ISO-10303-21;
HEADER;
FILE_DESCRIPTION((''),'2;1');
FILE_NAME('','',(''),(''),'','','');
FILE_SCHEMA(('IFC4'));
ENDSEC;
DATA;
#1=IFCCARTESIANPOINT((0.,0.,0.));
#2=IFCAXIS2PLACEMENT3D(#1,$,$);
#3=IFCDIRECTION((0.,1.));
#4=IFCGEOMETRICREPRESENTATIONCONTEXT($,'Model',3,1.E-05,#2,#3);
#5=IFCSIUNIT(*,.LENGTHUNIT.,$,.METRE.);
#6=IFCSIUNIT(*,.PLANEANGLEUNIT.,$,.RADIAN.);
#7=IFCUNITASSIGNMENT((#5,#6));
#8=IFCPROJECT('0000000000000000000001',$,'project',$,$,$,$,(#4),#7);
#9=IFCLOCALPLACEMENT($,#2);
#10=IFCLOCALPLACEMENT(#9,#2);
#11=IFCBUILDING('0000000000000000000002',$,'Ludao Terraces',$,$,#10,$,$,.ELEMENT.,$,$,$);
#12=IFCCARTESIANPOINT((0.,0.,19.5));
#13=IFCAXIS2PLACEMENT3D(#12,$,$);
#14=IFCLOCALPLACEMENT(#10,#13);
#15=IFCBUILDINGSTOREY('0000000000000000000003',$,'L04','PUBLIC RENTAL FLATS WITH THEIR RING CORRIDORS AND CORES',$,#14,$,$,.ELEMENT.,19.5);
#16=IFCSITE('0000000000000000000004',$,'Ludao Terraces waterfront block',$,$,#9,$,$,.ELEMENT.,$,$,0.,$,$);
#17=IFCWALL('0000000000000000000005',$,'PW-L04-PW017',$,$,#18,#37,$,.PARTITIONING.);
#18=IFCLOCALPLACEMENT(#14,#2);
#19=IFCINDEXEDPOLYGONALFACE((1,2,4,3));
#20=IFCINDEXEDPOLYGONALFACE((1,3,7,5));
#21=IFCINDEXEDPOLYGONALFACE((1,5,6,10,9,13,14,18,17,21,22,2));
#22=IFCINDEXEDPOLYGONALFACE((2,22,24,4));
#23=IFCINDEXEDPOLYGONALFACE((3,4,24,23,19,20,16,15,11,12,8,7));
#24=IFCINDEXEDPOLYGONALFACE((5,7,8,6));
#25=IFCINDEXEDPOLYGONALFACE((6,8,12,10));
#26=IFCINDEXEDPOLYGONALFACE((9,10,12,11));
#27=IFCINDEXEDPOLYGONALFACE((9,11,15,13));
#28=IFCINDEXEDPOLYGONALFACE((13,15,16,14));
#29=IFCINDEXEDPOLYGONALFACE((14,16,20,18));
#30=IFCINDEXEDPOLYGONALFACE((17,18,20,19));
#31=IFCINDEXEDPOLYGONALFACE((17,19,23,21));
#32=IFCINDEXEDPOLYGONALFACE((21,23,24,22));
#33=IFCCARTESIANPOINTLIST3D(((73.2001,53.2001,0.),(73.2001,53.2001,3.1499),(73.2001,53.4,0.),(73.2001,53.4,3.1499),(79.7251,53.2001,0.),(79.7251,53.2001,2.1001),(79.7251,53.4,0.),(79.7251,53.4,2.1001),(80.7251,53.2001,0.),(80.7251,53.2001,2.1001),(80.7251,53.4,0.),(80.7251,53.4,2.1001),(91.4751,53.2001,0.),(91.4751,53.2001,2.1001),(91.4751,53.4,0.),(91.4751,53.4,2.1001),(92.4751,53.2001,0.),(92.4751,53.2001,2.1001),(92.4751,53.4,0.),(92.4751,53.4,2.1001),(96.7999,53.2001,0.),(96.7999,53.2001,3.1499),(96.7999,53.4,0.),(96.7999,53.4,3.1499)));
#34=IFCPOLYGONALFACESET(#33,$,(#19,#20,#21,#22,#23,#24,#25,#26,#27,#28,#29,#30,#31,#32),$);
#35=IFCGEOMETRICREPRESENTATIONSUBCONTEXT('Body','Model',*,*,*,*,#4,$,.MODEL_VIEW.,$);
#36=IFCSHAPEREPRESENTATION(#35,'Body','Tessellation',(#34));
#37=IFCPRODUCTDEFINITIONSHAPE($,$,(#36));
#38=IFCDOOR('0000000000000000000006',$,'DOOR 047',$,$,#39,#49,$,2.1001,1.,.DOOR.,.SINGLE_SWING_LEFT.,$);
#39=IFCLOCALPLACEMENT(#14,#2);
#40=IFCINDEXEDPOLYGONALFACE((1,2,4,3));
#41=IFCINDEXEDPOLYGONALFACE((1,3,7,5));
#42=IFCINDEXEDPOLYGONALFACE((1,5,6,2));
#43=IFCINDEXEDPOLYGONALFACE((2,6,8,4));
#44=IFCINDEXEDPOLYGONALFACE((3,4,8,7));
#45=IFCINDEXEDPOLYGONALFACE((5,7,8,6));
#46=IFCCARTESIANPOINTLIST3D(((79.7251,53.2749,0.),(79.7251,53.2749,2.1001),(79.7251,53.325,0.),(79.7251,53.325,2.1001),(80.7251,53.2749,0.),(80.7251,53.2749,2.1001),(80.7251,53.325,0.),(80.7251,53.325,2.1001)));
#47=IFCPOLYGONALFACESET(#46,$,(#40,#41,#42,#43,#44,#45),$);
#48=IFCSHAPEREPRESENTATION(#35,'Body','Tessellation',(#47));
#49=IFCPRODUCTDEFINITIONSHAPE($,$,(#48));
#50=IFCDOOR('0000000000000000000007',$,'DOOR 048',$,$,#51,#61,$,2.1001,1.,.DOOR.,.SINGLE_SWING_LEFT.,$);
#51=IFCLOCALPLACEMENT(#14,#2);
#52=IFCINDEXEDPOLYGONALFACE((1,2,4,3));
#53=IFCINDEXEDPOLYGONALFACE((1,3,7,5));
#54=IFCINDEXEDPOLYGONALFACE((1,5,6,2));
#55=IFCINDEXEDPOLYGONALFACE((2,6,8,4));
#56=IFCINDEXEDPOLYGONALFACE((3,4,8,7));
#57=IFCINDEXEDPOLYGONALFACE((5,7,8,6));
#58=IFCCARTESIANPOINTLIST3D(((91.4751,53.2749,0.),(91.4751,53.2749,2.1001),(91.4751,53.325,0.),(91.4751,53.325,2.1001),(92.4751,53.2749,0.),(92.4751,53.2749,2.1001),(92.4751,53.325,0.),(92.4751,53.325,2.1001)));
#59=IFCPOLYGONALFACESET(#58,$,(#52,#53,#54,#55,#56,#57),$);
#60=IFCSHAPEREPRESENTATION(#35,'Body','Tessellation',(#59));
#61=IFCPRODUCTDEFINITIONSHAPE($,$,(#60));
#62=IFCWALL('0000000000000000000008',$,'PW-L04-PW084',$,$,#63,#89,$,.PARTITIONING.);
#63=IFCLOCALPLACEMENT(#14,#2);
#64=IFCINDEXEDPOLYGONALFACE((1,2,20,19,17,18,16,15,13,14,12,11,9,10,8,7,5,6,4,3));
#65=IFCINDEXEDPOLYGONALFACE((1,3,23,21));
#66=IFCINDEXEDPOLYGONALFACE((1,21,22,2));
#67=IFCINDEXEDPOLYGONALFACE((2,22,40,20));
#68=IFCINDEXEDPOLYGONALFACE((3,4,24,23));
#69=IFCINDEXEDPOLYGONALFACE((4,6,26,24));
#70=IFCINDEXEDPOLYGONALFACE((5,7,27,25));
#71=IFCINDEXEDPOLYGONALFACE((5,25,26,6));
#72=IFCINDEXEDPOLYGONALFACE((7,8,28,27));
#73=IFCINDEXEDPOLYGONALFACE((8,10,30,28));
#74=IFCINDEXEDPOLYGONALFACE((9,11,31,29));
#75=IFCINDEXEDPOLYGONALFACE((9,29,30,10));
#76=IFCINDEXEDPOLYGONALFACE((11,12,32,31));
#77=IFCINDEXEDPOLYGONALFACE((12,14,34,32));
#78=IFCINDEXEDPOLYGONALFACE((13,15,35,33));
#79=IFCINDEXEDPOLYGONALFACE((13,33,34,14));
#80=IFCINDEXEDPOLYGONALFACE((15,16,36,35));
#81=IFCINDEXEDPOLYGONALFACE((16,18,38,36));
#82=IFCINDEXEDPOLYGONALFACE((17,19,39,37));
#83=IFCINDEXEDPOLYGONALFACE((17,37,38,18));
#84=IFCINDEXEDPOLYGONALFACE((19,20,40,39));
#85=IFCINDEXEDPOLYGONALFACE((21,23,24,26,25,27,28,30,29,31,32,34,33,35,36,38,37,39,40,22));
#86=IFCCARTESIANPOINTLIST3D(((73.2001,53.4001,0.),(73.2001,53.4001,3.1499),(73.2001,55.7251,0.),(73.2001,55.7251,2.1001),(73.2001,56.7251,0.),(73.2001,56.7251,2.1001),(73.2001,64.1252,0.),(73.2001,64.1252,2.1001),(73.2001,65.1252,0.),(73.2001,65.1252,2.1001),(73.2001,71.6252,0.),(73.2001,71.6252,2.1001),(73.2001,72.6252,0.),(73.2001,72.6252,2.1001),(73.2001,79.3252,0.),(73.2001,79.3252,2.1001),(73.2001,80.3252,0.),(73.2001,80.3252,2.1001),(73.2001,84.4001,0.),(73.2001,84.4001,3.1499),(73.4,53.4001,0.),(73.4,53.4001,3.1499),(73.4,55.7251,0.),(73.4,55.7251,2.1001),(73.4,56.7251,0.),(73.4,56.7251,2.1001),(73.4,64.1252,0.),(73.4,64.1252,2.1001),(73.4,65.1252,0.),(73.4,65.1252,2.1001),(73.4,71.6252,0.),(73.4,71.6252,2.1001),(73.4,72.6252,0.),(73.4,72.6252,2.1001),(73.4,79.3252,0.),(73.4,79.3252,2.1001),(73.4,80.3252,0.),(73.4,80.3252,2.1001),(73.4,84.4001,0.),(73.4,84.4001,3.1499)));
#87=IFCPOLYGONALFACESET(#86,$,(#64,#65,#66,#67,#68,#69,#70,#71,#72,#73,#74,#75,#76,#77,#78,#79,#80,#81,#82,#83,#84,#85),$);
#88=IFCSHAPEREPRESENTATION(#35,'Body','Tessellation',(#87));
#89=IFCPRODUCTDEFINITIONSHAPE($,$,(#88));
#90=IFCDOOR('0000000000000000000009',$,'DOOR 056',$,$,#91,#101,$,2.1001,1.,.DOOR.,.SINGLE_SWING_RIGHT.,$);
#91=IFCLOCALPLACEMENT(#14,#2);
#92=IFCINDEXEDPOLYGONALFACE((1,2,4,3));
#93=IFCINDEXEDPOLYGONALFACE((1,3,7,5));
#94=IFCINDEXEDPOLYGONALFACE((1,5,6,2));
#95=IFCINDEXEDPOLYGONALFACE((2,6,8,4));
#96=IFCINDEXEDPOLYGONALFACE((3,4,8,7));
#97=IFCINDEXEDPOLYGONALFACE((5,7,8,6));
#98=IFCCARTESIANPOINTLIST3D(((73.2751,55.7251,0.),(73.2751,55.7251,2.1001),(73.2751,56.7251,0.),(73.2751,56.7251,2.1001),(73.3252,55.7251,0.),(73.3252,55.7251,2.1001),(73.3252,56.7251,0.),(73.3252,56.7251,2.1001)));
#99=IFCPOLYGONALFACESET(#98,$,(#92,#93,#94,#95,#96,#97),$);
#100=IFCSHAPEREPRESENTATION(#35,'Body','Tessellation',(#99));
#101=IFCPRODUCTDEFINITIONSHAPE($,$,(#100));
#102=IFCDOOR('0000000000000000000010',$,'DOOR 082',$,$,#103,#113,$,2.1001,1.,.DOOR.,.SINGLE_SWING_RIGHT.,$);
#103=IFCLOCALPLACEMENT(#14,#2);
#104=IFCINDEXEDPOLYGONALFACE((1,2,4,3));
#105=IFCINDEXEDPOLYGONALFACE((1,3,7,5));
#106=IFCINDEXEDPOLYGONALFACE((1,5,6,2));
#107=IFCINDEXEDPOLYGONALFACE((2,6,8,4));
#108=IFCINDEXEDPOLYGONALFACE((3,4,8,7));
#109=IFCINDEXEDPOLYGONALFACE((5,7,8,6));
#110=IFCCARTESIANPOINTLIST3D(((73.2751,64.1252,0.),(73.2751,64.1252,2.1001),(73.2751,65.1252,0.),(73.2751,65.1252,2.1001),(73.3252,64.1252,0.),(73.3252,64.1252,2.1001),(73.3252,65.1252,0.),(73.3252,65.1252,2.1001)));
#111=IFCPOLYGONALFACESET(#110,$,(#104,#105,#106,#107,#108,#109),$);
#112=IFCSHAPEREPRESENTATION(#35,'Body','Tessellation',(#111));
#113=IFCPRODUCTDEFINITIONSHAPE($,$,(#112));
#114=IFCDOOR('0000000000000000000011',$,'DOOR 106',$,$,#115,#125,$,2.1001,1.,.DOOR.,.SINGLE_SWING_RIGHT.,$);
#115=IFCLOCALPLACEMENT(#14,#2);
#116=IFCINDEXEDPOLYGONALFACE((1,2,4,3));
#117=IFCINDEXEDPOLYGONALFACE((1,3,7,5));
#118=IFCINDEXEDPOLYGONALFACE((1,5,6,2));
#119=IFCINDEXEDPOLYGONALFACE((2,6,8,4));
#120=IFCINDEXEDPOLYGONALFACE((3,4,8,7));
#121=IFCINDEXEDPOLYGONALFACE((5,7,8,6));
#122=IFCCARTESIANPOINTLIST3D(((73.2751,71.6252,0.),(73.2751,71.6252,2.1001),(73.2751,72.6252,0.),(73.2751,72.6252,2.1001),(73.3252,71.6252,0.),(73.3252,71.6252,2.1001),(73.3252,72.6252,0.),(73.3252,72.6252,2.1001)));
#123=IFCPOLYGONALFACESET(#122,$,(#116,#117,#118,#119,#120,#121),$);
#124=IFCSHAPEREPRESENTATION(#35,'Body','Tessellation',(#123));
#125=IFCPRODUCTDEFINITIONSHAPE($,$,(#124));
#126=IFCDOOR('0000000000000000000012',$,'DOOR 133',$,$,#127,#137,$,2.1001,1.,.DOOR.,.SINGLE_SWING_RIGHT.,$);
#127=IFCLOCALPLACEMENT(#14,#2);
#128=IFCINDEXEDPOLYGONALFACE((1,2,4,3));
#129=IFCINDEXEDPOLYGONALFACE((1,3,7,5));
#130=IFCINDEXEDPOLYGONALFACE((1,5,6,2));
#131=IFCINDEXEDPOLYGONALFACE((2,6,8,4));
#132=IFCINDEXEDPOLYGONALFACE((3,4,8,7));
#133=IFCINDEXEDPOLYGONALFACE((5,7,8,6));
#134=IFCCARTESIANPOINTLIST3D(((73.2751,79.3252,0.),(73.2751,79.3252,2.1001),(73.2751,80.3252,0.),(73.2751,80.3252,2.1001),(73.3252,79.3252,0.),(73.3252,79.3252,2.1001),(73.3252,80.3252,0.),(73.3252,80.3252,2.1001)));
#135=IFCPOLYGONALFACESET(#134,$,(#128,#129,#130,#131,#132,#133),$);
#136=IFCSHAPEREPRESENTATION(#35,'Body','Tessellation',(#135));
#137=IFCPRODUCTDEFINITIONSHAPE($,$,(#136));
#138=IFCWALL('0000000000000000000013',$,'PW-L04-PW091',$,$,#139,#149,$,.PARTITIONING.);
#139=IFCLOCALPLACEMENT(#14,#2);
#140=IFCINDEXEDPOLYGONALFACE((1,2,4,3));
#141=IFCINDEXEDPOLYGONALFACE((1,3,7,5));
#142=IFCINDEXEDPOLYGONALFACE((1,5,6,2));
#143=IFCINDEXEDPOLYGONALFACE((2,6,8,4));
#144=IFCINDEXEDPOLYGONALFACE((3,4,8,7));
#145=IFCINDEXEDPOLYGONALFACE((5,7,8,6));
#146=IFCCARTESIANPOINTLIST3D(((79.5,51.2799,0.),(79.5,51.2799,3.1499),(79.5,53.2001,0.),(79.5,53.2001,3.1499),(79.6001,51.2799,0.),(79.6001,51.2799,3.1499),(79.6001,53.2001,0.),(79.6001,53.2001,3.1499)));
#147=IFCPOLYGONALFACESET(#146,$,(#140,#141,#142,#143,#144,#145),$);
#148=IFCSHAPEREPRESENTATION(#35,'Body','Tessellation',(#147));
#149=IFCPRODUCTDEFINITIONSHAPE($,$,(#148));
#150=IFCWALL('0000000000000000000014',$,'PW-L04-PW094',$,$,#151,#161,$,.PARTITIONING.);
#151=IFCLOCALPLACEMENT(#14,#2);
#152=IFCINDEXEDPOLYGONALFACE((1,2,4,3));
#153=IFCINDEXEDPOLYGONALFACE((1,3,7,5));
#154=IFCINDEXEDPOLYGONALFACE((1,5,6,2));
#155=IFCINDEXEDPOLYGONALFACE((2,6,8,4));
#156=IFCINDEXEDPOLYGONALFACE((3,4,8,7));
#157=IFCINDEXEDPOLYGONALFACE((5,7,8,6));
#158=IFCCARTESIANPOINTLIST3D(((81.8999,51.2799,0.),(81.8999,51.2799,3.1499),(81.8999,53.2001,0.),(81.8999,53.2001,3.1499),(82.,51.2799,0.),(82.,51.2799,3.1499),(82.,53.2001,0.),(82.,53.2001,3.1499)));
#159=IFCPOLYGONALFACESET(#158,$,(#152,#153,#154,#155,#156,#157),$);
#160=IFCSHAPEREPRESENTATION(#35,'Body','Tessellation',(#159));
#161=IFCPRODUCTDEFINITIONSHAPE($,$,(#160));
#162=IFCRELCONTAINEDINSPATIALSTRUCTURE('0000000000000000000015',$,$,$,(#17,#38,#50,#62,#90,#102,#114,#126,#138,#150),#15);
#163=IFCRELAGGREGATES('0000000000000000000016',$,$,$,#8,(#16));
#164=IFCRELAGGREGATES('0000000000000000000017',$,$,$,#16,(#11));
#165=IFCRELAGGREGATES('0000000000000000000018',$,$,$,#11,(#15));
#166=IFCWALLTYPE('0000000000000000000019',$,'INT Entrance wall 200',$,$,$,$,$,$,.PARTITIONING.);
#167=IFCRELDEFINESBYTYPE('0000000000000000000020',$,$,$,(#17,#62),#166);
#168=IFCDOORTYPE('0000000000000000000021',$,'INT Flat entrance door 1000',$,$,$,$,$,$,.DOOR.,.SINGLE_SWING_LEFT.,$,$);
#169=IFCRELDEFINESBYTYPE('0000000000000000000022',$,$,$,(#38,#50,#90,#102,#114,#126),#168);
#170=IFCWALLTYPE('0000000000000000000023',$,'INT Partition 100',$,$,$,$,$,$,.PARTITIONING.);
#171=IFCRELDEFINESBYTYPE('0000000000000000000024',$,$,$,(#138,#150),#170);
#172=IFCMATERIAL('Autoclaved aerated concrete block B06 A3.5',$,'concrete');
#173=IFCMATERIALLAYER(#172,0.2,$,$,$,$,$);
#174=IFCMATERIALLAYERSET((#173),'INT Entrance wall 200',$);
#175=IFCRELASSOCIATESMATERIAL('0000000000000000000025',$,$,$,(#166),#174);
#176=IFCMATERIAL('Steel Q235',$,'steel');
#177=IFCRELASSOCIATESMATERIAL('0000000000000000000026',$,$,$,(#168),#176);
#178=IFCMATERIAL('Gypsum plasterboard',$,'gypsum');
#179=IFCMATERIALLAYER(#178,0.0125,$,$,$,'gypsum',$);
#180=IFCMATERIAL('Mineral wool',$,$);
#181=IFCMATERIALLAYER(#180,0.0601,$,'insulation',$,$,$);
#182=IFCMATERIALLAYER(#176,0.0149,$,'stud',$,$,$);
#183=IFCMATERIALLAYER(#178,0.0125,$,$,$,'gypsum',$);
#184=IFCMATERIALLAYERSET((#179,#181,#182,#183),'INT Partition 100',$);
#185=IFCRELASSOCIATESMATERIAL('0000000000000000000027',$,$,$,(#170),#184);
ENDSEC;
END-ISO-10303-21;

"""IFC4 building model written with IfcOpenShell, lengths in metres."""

from ifc_helpers import new_model, si_unit, direction, frame, frame_2d, origin, place, context, subcontext, project, spatial, rectangle, extrude, material, layer, layer_set, type_object, element, fill, save


model = new_model("IFC4")

# Units and contexts
model_context = context("Model", 3, precision=1e-05, world=origin(), true_north=direction((0.0, 1.0)))
body_context = subcontext(model_context, "Body", "Model", "MODEL_VIEW")
ifc_project = project(units=[si_unit("LENGTHUNIT", "METRE"), si_unit("PLANEANGLEUNIT", "RADIAN")], contexts=[model_context])

# Site, building, storey
site_placement = place(None, origin())
site = spatial("IfcSite", under=ifc_project, at=site_placement, Name="Ludao Terraces waterfront block", CompositionType="ELEMENT", RefElevation=0.0)
building_placement = place(site_placement, origin())
building = spatial("IfcBuilding", under=site, at=building_placement, Name="Ludao Terraces", CompositionType="ELEMENT")
storey_placement = place(building_placement, frame((0.0, 0.0, 19.5)))
storey = spatial("IfcBuildingStorey", under=building, at=storey_placement, Name="L04", Description="PUBLIC RENTAL FLATS WITH THEIR RING CORRIDORS AND CORES", CompositionType="ELEMENT", Elevation=19.5)

# Shared definitions
ifc_material_1 = material(Name="Steel Q235", Category="steel")

# Walls, openings, doors
ifc_material_2 = material(Name="Autoclaved aerated concrete block B06 A3.5", Category="concrete")
ifc_layer_1 = layer(ifc_material_2, 0.2)
ifc_layer_set_1 = layer_set([ifc_layer_1], Name="INT Entrance wall 200")
wall_type_1 = type_object("IfcWallType", Name="INT Entrance wall 200", PredefinedType="PARTITIONING", material=ifc_layer_set_1)
wall_1_placement = place(storey_placement, frame((73.2002, 53.3, 0.0), z_axis=(0.0, 0.0, 1.0), x_axis=(1.0, 0.0, 0.0)))
wall_1 = element("IfcWall", 1, at=wall_1_placement, inside=storey, type_object=wall_type_1, Name="PW-L04-PW017", PredefinedType="PARTITIONING", context=body_context, shape_type="SweptSolid", body=[
    extrude(rectangle(XDim=23.5999, YDim=0.2, at=frame_2d((11.7998, 0.0))), origin(), (0.0, 0.0, 1.0), 3.1499),
])
opening_1_placement = place(wall_1_placement, frame((6.5249, 0.0, 0.0)))
opening_1 = element("IfcOpeningElement", 2, at=opening_1_placement, cuts=wall_1, PredefinedType="OPENING", context=body_context, shape_type="SweptSolid", body=[
    extrude(rectangle(XDim=1.0, YDim=2.1001, at=frame_2d((0.5, 1.05))), frame((0.0, 0.1099, 0.0), z_axis=(0.0, -1.0, 0.0), x_axis=(1.0, 0.0, 0.0)), (0.0, 0.0, 1.0), 0.22),
])
opening_2_placement = place(wall_1_placement, frame((18.2749, 0.0, 0.0)))
opening_2 = element("IfcOpeningElement", 3, at=opening_2_placement, cuts=wall_1, PredefinedType="OPENING", context=body_context, shape_type="SweptSolid", body=[
    extrude(rectangle(XDim=1.0, YDim=2.1001, at=frame_2d((0.5, 1.05))), frame((0.0, 0.1099, 0.0), z_axis=(0.0, -1.0, 0.0), x_axis=(1.0, 0.0, 0.0)), (0.0, 0.0, 1.0), 0.22),
])
door_type_1 = type_object("IfcDoorType", Name="INT Flat entrance door 1000", OperationType="SINGLE_SWING_LEFT", PredefinedType="DOOR", material=ifc_material_1)
door_1_placement = place(opening_1_placement, origin())
door_1 = element("IfcDoor", 4, at=door_1_placement, inside=storey, type_object=door_type_1, Name="DOOR 047", OperationType="SINGLE_SWING_LEFT", OverallHeight=2.1001, OverallWidth=1.0, PredefinedType="DOOR", context=body_context, shape_type="SweptSolid", body=[
    extrude(rectangle(XDim=1.0, YDim=2.1001, at=frame_2d((0.5, 1.05))), frame((0.0, 0.0249, 0.0), z_axis=(0.0, -1.0, 0.0), x_axis=(1.0, 0.0, 0.0)), (0.0, 0.0, 1.0), 0.05),
])
fill(opening_1, door_1)
door_2_placement = place(opening_2_placement, origin())
door_2 = element("IfcDoor", 5, at=door_2_placement, inside=storey, type_object=door_type_1, Name="DOOR 048", OperationType="SINGLE_SWING_LEFT", OverallHeight=2.1001, OverallWidth=1.0, PredefinedType="DOOR", context=body_context, shape_type="SweptSolid", body=[
    extrude(rectangle(XDim=1.0, YDim=2.1001, at=frame_2d((0.5, 1.05))), frame((0.0, 0.0249, 0.0), z_axis=(0.0, -1.0, 0.0), x_axis=(1.0, 0.0, 0.0)), (0.0, 0.0, 1.0), 0.05),
])
fill(opening_2, door_2)
wall_2_placement = place(storey_placement, frame((73.3, 53.4001, 0.0), z_axis=(0.0, 0.0, 1.0), x_axis=(0.0, 1.0, 0.0)))
wall_2 = element("IfcWall", 6, at=wall_2_placement, inside=storey, type_object=wall_type_1, Name="PW-L04-PW084", PredefinedType="PARTITIONING", context=body_context, shape_type="SweptSolid", body=[
    extrude(rectangle(XDim=31.0, YDim=0.2, at=frame_2d((15.5, 0.0))), origin(), (0.0, 0.0, 1.0), 3.1499),
])
opening_3_placement = place(wall_2_placement, frame((2.325, 0.0, 0.0)))
opening_3 = element("IfcOpeningElement", 7, at=opening_3_placement, cuts=wall_2, PredefinedType="OPENING", context=body_context, shape_type="SweptSolid", body=[
    extrude(rectangle(XDim=1.0, YDim=2.1001, at=frame_2d((0.5, 1.05))), frame((0.0, 0.1099, 0.0), z_axis=(0.0, -1.0, 0.0), x_axis=(1.0, 0.0, 0.0)), (0.0, 0.0, 1.0), 0.22),
])
opening_4_placement = place(wall_2_placement, frame((10.7251, 0.0, 0.0)))
opening_4 = element("IfcOpeningElement", 8, at=opening_4_placement, cuts=wall_2, PredefinedType="OPENING", context=body_context, shape_type="SweptSolid", body=[
    extrude(rectangle(XDim=1.0, YDim=2.1001, at=frame_2d((0.5, 1.05))), frame((0.0, 0.1099, 0.0), z_axis=(0.0, -1.0, 0.0), x_axis=(1.0, 0.0, 0.0)), (0.0, 0.0, 1.0), 0.22),
])
opening_5_placement = place(wall_2_placement, frame((18.2251, 0.0, 0.0)))
opening_5 = element("IfcOpeningElement", 9, at=opening_5_placement, cuts=wall_2, PredefinedType="OPENING", context=body_context, shape_type="SweptSolid", body=[
    extrude(rectangle(XDim=1.0, YDim=2.1001, at=frame_2d((0.5, 1.05))), frame((0.0, 0.1099, 0.0), z_axis=(0.0, -1.0, 0.0), x_axis=(1.0, 0.0, 0.0)), (0.0, 0.0, 1.0), 0.22),
])
opening_6_placement = place(wall_2_placement, frame((25.925, 0.0, 0.0)))
opening_6 = element("IfcOpeningElement", 10, at=opening_6_placement, cuts=wall_2, PredefinedType="OPENING", context=body_context, shape_type="SweptSolid", body=[
    extrude(rectangle(XDim=1.0, YDim=2.1001, at=frame_2d((0.5, 1.05))), frame((0.0, 0.1099, 0.0), z_axis=(0.0, -1.0, 0.0), x_axis=(1.0, 0.0, 0.0)), (0.0, 0.0, 1.0), 0.22),
])
door_3_placement = place(opening_3_placement, origin())
door_3 = element("IfcDoor", 11, at=door_3_placement, inside=storey, type_object=door_type_1, Name="DOOR 056", OperationType="SINGLE_SWING_RIGHT", OverallHeight=2.1001, OverallWidth=1.0, PredefinedType="DOOR", context=body_context, shape_type="SweptSolid", body=[
    extrude(rectangle(XDim=1.0, YDim=2.1001, at=frame_2d((0.5, 1.05))), frame((0.0, 0.0249, 0.0), z_axis=(0.0, -1.0, 0.0), x_axis=(1.0, 0.0, 0.0)), (0.0, 0.0, 1.0), 0.05),
])
fill(opening_3, door_3)
door_4_placement = place(opening_4_placement, origin())
door_4 = element("IfcDoor", 12, at=door_4_placement, inside=storey, type_object=door_type_1, Name="DOOR 082", OperationType="SINGLE_SWING_RIGHT", OverallHeight=2.1001, OverallWidth=1.0, PredefinedType="DOOR", context=body_context, shape_type="SweptSolid", body=[
    extrude(rectangle(XDim=1.0, YDim=2.1001, at=frame_2d((0.5, 1.05))), frame((0.0, 0.0249, 0.0), z_axis=(0.0, -1.0, 0.0), x_axis=(1.0, 0.0, 0.0)), (0.0, 0.0, 1.0), 0.05),
])
fill(opening_4, door_4)
door_5_placement = place(opening_5_placement, origin())
door_5 = element("IfcDoor", 13, at=door_5_placement, inside=storey, type_object=door_type_1, Name="DOOR 106", OperationType="SINGLE_SWING_RIGHT", OverallHeight=2.1001, OverallWidth=1.0, PredefinedType="DOOR", context=body_context, shape_type="SweptSolid", body=[
    extrude(rectangle(XDim=1.0, YDim=2.1001, at=frame_2d((0.5, 1.05))), frame((0.0, 0.0249, 0.0), z_axis=(0.0, -1.0, 0.0), x_axis=(1.0, 0.0, 0.0)), (0.0, 0.0, 1.0), 0.05),
])
fill(opening_5, door_5)
door_6_placement = place(opening_6_placement, origin())
door_6 = element("IfcDoor", 14, at=door_6_placement, inside=storey, type_object=door_type_1, Name="DOOR 133", OperationType="SINGLE_SWING_RIGHT", OverallHeight=2.1001, OverallWidth=1.0, PredefinedType="DOOR", context=body_context, shape_type="SweptSolid", body=[
    extrude(rectangle(XDim=1.0, YDim=2.1001, at=frame_2d((0.5, 1.05))), frame((0.0, 0.0249, 0.0), z_axis=(0.0, -1.0, 0.0), x_axis=(1.0, 0.0, 0.0)), (0.0, 0.0, 1.0), 0.05),
])
fill(opening_6, door_6)

# Walls
ifc_material_3 = material(Name="Gypsum plasterboard", Category="gypsum")
ifc_layer_2 = layer(ifc_material_3, 0.0125, Category="gypsum")
ifc_material_4 = material(Name="Mineral wool")
ifc_layer_3 = layer(ifc_material_4, 0.0601, Name="insulation")
ifc_layer_4 = layer(ifc_material_1, 0.0149, Name="stud")
ifc_layer_5 = layer(ifc_material_3, 0.0125, Category="gypsum")
ifc_layer_set_2 = layer_set([ifc_layer_2, ifc_layer_3, ifc_layer_4, ifc_layer_5], Name="INT Partition 100")
wall_type_2 = type_object("IfcWallType", Name="INT Partition 100", PredefinedType="PARTITIONING", material=ifc_layer_set_2)
for number, where, z_axis, x_axis, name in (
    (15, (79.55, 51.28, 0.0), (0.0, 0.0, 1.0), (0.0, 1.0, 0.0), "PW-L04-PW091"),
    (16, (81.95, 51.28, 0.0), (0.0, 0.0, 1.0), (0.0, 1.0, 0.0), "PW-L04-PW094"),
):
    element("IfcWall", number, at=place(storey_placement, frame(where, z_axis=z_axis, x_axis=x_axis)), inside=storey, type_object=wall_type_2, Name=name, PredefinedType="PARTITIONING", context=body_context, shape_type="SweptSolid", body=[
        extrude(rectangle(XDim=1.9202, YDim=0.1001, at=frame_2d((0.96, 0.0))), origin(), (0.0, 0.0, 1.0), 3.1499),
    ])

save(model, "model.ifc")
